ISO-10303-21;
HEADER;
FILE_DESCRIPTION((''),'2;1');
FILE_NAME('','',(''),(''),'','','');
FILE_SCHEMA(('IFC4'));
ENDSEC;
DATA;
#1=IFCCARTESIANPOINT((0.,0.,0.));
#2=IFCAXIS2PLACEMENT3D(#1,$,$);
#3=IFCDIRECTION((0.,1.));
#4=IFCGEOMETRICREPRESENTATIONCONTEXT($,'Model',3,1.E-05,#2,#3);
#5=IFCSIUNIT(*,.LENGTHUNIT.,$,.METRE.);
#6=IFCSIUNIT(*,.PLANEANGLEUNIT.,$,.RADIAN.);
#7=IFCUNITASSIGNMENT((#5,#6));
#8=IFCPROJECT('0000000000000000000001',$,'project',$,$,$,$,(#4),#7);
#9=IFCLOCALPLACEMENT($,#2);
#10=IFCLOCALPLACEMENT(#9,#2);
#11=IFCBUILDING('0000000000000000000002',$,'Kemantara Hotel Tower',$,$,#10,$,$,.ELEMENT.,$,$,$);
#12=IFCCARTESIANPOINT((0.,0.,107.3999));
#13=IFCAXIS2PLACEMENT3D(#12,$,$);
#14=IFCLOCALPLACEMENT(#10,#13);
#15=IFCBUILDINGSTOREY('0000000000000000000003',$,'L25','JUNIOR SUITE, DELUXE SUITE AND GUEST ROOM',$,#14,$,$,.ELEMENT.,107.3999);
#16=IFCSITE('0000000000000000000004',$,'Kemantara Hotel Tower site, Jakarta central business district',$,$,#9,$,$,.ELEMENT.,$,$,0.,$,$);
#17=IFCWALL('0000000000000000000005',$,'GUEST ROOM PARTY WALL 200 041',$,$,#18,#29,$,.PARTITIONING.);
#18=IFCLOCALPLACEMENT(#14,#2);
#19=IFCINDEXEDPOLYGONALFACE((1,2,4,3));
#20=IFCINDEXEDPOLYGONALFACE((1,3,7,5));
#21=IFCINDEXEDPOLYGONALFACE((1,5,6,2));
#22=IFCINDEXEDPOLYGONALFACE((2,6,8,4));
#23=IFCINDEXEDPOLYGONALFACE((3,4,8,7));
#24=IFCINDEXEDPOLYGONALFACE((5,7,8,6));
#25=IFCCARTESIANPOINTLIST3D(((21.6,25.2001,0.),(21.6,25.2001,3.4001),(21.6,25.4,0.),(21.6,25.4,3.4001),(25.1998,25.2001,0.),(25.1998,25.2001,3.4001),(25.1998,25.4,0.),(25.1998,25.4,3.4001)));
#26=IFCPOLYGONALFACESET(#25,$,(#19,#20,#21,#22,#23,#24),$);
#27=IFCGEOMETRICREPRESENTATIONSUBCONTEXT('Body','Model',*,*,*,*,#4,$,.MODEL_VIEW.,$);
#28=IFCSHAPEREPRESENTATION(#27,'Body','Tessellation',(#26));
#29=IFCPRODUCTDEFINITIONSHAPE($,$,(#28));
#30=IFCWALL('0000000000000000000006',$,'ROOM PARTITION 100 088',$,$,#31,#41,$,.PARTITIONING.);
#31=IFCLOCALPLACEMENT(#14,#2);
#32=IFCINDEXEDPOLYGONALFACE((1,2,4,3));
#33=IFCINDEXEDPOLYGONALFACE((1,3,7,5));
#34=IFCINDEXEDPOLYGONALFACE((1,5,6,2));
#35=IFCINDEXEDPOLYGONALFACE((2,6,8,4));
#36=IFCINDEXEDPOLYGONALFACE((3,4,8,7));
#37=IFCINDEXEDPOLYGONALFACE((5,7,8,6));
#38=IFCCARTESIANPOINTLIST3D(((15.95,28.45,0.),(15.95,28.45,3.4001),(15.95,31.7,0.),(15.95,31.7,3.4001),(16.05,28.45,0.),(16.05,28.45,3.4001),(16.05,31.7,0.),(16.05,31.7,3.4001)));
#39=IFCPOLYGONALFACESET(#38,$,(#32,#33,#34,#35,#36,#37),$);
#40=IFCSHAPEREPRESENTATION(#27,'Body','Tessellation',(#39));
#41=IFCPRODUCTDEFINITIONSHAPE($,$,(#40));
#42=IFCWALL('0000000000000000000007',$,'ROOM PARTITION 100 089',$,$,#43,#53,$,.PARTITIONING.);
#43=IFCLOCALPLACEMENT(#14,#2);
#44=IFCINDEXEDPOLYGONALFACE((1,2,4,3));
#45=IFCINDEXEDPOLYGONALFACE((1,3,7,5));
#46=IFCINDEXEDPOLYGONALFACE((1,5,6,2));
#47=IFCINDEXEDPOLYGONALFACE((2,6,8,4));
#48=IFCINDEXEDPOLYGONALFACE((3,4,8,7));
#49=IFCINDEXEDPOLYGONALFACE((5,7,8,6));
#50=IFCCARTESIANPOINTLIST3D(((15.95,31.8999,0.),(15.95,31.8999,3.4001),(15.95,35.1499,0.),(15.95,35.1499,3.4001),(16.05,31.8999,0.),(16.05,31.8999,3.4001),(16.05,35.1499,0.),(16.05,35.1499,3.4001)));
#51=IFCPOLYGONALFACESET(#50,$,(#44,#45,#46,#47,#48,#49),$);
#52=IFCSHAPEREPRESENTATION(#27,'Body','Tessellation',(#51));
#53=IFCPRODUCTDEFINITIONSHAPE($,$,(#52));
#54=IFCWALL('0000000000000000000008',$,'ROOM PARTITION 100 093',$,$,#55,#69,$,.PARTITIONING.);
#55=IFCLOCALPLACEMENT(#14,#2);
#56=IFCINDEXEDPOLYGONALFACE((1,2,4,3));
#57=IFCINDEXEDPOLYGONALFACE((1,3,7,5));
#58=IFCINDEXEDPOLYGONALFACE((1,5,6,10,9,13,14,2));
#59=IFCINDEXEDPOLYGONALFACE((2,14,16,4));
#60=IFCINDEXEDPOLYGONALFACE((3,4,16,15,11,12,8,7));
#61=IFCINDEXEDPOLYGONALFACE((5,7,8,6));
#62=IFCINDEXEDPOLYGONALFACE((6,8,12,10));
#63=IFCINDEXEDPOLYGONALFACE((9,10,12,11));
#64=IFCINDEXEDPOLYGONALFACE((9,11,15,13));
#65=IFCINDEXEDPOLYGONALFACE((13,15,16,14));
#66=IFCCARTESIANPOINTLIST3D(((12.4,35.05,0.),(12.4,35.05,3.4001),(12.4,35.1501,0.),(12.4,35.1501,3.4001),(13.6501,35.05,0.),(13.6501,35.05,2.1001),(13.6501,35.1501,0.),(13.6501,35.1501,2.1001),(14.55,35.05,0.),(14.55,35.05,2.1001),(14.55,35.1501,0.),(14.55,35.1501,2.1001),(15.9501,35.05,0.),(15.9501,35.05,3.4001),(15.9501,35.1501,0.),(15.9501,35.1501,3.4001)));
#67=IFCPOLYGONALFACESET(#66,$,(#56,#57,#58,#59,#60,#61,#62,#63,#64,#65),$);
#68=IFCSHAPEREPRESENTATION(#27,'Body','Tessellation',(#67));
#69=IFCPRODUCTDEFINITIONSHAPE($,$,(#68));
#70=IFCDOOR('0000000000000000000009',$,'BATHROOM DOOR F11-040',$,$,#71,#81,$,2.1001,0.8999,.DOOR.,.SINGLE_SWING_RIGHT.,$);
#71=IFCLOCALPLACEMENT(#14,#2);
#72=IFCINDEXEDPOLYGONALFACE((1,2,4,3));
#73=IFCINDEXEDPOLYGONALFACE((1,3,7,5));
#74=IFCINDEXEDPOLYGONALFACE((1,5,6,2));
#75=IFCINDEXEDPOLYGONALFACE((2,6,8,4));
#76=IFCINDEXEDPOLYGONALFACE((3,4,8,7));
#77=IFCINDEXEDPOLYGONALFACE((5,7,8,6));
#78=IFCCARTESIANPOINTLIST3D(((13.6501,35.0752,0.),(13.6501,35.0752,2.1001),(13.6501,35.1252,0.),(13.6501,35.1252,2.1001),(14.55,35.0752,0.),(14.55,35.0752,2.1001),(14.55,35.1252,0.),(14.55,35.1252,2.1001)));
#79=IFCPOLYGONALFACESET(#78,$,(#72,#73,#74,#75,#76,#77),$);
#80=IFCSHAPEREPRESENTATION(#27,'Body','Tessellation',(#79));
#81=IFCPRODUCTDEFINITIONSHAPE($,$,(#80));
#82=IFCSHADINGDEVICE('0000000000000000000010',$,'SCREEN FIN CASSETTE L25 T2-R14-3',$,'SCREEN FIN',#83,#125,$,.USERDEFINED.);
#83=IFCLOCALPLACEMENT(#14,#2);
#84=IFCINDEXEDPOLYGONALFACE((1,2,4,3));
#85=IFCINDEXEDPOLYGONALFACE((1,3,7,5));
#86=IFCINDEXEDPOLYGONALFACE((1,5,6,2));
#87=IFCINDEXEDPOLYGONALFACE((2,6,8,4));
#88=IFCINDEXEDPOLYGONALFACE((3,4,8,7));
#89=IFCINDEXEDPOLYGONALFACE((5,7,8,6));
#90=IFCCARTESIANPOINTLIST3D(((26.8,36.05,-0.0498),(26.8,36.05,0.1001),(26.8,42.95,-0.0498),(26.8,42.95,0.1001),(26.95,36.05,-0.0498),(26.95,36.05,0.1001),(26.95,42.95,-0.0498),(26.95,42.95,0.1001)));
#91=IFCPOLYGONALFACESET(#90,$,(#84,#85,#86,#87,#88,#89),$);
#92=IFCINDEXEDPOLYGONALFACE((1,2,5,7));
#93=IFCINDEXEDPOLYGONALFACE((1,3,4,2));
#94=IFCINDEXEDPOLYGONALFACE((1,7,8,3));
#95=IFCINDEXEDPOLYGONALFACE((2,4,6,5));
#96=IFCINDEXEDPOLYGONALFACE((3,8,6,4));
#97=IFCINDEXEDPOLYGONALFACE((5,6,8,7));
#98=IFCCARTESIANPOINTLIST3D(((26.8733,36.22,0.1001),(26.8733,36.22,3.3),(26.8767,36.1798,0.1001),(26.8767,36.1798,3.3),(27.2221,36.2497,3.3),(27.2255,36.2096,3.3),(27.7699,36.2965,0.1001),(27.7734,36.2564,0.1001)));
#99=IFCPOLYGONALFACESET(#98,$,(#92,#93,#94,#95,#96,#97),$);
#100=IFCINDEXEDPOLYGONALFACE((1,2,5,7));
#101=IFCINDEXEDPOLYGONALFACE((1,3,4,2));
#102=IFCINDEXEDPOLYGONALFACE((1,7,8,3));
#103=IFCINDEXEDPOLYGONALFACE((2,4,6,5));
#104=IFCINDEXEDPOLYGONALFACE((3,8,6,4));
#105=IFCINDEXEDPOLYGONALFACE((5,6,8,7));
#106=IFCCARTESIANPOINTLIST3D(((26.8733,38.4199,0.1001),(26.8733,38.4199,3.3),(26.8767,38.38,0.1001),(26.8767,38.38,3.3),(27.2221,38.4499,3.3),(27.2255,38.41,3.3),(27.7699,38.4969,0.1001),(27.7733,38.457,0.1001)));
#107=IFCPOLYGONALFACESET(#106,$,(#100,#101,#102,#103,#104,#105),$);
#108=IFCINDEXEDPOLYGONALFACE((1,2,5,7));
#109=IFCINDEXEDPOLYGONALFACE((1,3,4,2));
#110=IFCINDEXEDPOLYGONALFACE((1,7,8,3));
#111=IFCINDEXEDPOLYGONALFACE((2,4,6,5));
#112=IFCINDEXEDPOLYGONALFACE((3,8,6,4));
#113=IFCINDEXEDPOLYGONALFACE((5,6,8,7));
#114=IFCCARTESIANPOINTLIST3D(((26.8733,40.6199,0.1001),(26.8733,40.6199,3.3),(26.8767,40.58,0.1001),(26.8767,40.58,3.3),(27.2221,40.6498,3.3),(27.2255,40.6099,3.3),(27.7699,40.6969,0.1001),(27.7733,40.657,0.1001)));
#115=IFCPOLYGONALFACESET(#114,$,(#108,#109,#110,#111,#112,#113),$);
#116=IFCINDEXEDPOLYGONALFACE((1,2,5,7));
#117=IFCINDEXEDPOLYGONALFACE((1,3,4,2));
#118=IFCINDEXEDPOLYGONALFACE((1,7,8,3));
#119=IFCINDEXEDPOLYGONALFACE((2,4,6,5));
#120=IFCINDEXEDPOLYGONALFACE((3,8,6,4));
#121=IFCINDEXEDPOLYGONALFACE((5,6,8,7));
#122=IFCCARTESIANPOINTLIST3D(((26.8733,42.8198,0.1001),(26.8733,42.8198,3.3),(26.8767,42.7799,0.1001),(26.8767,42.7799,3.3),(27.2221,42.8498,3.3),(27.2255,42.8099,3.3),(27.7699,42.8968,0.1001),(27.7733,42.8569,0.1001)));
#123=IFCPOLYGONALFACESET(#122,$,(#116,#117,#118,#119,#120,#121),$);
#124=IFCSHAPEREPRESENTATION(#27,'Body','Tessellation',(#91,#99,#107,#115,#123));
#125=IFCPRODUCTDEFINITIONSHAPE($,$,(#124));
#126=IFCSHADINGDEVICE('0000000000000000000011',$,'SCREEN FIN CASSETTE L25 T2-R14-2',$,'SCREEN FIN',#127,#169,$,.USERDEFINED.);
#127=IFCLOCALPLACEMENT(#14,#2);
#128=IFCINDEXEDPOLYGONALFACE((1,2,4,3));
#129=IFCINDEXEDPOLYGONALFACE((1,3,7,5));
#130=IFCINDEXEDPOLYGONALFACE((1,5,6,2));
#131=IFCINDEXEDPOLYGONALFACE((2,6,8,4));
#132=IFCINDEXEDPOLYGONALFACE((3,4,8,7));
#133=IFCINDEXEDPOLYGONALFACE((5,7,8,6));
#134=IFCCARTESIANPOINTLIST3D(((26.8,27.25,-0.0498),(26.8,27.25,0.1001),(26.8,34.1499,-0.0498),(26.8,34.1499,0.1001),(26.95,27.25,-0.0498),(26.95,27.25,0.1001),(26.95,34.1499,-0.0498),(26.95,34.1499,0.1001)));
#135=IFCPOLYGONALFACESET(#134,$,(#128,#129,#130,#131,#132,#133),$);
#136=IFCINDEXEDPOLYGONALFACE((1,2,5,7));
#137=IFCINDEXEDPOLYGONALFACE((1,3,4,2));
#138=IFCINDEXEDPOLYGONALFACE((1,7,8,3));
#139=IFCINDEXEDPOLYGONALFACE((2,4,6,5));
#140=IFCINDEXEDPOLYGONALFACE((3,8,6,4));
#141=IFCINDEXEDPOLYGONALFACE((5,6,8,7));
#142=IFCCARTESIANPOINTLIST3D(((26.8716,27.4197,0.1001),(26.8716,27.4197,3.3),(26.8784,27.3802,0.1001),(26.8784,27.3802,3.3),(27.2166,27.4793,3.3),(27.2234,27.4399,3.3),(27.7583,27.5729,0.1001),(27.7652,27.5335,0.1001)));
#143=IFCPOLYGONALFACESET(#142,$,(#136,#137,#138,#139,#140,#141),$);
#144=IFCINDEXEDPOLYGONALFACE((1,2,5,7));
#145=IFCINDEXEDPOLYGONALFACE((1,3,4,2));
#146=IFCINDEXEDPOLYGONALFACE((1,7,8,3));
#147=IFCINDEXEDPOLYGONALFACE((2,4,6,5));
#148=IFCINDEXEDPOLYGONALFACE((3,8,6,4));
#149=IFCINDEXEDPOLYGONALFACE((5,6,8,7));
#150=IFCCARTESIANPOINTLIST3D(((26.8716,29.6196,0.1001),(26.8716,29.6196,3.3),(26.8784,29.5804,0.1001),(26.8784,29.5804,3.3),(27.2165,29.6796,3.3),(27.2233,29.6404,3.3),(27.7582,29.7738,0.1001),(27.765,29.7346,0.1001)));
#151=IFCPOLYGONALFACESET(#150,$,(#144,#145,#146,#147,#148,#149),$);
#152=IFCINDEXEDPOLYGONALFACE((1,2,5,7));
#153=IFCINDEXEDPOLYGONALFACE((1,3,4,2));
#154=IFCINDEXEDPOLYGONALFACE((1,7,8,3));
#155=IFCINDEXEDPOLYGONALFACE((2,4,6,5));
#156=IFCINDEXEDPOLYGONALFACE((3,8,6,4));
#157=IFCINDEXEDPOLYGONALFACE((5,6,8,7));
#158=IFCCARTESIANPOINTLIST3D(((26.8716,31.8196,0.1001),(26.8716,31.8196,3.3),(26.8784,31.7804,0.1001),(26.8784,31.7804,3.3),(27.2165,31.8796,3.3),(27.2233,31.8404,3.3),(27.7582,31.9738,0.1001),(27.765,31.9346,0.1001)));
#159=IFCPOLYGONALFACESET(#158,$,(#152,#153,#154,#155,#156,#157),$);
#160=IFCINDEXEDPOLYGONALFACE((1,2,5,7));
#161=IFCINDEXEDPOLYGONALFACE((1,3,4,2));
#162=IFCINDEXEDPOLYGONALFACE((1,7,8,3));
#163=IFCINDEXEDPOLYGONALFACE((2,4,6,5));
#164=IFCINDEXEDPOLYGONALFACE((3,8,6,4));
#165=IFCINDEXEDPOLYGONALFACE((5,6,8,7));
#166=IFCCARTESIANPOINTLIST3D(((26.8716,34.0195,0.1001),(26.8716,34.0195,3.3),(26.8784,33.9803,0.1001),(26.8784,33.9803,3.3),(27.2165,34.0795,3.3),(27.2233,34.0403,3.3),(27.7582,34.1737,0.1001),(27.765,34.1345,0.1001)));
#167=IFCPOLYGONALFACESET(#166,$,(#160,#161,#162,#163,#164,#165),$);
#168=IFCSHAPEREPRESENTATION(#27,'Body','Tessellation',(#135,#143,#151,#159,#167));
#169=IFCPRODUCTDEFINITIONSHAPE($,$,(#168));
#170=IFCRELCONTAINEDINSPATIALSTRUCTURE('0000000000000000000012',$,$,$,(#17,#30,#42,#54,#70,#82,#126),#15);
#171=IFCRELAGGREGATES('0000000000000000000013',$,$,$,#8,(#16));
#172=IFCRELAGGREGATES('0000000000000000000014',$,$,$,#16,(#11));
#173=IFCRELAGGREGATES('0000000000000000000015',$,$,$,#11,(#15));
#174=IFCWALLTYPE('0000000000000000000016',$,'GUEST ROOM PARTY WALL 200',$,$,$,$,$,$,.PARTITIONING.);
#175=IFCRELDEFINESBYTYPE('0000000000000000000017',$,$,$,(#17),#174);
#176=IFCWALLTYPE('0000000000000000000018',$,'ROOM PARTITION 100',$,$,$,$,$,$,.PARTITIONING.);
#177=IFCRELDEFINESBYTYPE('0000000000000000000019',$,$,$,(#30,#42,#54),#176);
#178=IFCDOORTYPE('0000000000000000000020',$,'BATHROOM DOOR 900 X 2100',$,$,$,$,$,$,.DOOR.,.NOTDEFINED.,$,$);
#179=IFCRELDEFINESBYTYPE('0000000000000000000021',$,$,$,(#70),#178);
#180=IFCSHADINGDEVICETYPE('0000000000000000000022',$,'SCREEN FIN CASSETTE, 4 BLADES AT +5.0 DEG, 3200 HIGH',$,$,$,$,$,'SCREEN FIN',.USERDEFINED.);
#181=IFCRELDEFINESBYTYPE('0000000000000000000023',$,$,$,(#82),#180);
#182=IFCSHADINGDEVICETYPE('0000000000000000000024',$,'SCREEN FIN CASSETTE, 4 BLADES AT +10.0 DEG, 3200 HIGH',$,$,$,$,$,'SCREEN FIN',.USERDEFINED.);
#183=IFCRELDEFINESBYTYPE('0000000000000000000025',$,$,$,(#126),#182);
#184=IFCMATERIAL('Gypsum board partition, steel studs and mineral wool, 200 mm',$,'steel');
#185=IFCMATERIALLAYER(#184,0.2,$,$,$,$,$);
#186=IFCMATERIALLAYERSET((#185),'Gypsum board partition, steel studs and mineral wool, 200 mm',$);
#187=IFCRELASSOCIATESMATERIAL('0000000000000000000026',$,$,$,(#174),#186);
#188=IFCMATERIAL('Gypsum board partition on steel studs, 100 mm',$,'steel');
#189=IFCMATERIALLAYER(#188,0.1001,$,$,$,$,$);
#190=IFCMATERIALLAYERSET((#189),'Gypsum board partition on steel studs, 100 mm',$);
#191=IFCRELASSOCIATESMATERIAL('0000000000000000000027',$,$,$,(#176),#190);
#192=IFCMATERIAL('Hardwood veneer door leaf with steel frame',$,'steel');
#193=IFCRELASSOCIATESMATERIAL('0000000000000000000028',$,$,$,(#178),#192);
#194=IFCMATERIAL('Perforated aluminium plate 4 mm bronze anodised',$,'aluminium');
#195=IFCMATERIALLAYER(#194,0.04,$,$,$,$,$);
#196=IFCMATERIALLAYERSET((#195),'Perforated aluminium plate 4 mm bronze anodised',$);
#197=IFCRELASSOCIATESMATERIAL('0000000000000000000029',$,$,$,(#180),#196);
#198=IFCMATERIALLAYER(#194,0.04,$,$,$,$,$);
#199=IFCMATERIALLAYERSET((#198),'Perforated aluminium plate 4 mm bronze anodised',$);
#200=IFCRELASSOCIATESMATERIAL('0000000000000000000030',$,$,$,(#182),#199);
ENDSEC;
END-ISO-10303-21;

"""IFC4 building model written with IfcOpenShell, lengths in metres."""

from ifc_helpers import new_model, si_unit, direction, frame, frame_2d, origin, origin_2d, place, context, subcontext, project, spatial, polyline, rectangle, outline, extrude, source, transform, mapped, material, layer, layer_set, type_object, element, fill, save


model = new_model("IFC4")

# Units and contexts
model_context = context("Model", 3, precision=1e-05, world=origin(), true_north=direction((0.0, 1.0)))
body_context = subcontext(model_context, "Body", "Model", "MODEL_VIEW")
ifc_project = project(units=[si_unit("LENGTHUNIT", "METRE"), si_unit("PLANEANGLEUNIT", "RADIAN")], contexts=[model_context])

# Site, building, storey
site_placement = place(None, origin())
site = spatial("IfcSite", under=ifc_project, at=site_placement, Name="Kemantara Hotel Tower site, Jakarta central business district", CompositionType="ELEMENT", RefElevation=0.0)
building_placement = place(site_placement, origin())
building = spatial("IfcBuilding", under=site, at=building_placement, Name="Kemantara Hotel Tower", CompositionType="ELEMENT")
storey_placement = place(building_placement, frame((0.0, 0.0, 107.3999)))
storey = spatial("IfcBuildingStorey", under=building, at=storey_placement, Name="L25", Description="JUNIOR SUITE, DELUXE SUITE AND GUEST ROOM", CompositionType="ELEMENT", Elevation=107.3999)

# Walls
ifc_material_1 = material(Name="Gypsum board partition, steel studs and mineral wool, 200 mm", Category="steel")
ifc_layer_1 = layer(ifc_material_1, 0.2)
ifc_layer_set_1 = layer_set([ifc_layer_1], Name="Gypsum board partition, steel studs and mineral wool, 200 mm")
wall_type_1 = type_object("IfcWallType", Name="GUEST ROOM PARTY WALL 200", PredefinedType="PARTITIONING", material=ifc_layer_set_1)
wall_1_placement = place(storey_placement, frame((21.6001, 25.3, 0.0), z_axis=(0.0, 0.0, 1.0), x_axis=(1.0, 0.0, 0.0)))
element("IfcWall", 1, at=wall_1_placement, inside=storey, type_object=wall_type_1, Name="GUEST ROOM PARTY WALL 200 041", PredefinedType="PARTITIONING", context=body_context, shape_type="SweptSolid", body=[
    extrude(rectangle(XDim=3.5999, YDim=0.2, at=frame_2d((1.7998, 0.0))), origin(), (0.0, 0.0, 1.0), 3.4001),
])
ifc_material_2 = material(Name="Gypsum board partition on steel studs, 100 mm", Category="steel")
ifc_layer_2 = layer(ifc_material_2, 0.1001)
ifc_layer_set_2 = layer_set([ifc_layer_2], Name="Gypsum board partition on steel studs, 100 mm")
wall_type_2 = type_object("IfcWallType", Name="ROOM PARTITION 100", PredefinedType="PARTITIONING", material=ifc_layer_set_2)
for number, where, z_axis, x_axis, name in (
    (2, (16.0, 28.45, 0.0), (0.0, 0.0, 1.0), (0.0, 1.0, 0.0), "ROOM PARTITION 100 088"),
    (3, (16.0, 31.8999, 0.0), (0.0, 0.0, 1.0), (0.0, 1.0, 0.0), "ROOM PARTITION 100 089"),
):
    element("IfcWall", number, at=place(storey_placement, frame(where, z_axis=z_axis, x_axis=x_axis)), inside=storey, type_object=wall_type_2, Name=name, PredefinedType="PARTITIONING", context=body_context, shape_type="SweptSolid", body=[
        extrude(rectangle(XDim=3.25, YDim=0.1001, at=frame_2d((1.625, 0.0))), origin(), (0.0, 0.0, 1.0), 3.4001),
    ])

# Wall, opening, door
wall_2_placement = place(storey_placement, frame((15.95, 35.1001, 0.0), z_axis=(0.0, 0.0, 1.0), x_axis=(-1.0, 0.0, 0.0)))
wall_2 = element("IfcWall", 4, at=wall_2_placement, inside=storey, type_object=wall_type_2, Name="ROOM PARTITION 100 093", PredefinedType="PARTITIONING", context=body_context, shape_type="SweptSolid", body=[
    extrude(rectangle(XDim=3.55, YDim=0.1001, at=frame_2d((1.7749, 0.0))), origin(), (0.0, 0.0, 1.0), 3.4001),
])
opening_placement = place(wall_2_placement, frame((1.3999, 0.0, 0.0)))
opening = element("IfcOpeningElement", 5, at=opening_placement, cuts=wall_2, PredefinedType="OPENING", context=body_context, shape_type="SweptSolid", body=[
    extrude(rectangle(XDim=0.8999, YDim=2.1001, at=frame_2d((0.45, 1.05))), frame((0.0, 0.0601, 0.0), z_axis=(0.0, -1.0, 0.0), x_axis=(1.0, 0.0, 0.0)), (0.0, 0.0, 1.0), 0.1201),
])
ifc_material_3 = material(Name="Hardwood veneer door leaf with steel frame", Category="steel")
door_type = type_object("IfcDoorType", Name="BATHROOM DOOR 900 X 2100", OperationType="NOTDEFINED", PredefinedType="DOOR", material=ifc_material_3)
door_placement = place(opening_placement, origin())
door = element("IfcDoor", 6, at=door_placement, inside=storey, type_object=door_type, Name="BATHROOM DOOR F11-040", OperationType="SINGLE_SWING_RIGHT", OverallHeight=2.1001, OverallWidth=0.8999, PredefinedType="DOOR", context=body_context, shape_type="SweptSolid", body=[
    extrude(rectangle(XDim=0.8999, YDim=2.1001, at=frame_2d((0.45, 1.05))), frame((0.0, 0.0249, 0.0), z_axis=(0.0, -1.0, 0.0), x_axis=(1.0, 0.0, 0.0)), (0.0, 0.0, 1.0), 0.05),
])
fill(opening, door)

# Shading devices
ifc_material_4 = material(Name="Perforated aluminium plate 4 mm bronze anodised", Category="aluminium")
ifc_layer_3 = layer(ifc_material_4, 0.04)
ifc_layer_set_3 = layer_set([ifc_layer_3], Name="Perforated aluminium plate 4 mm bronze anodised")
shading_device_type_1 = type_object("IfcShadingDeviceType", Name="SCREEN FIN CASSETTE, 4 BLADES AT +5.0 DEG, 3200 HIGH", ElementType="SCREEN FIN", PredefinedType="USERDEFINED", material=ifc_layer_set_3)
shared_shape_1 = source(origin(), body_context, "Body", "SweptSolid", [
    extrude(rectangle(XDim=6.8999, YDim=0.1499, at=origin_2d()), frame((3.3, -0.075, -0.1499), z_axis=(0.0, 0.0, 1.0), x_axis=(1.0, 0.0, 0.0)), (0.0, 0.0, 1.0), 0.1499),
    extrude(outline(polyline([(0.0, 0.0), (0.8999, 0.0), (0.3501, 3.2), (0.0, 3.2), (0.0, 0.0)])), frame((0.02, -0.0732, 0.0), z_axis=(-0.996376, -0.085056, 0.0), x_axis=(0.085056, -0.996376, 0.0)), (0.0, 0.0, 1.0), 0.0403),
    extrude(outline(polyline([(0.0, 0.0), (0.8999, 0.0), (0.3501, 3.2), (0.0, 3.2), (0.0, 0.0)])), frame((2.22, -0.0732, 0.0), z_axis=(-0.996332, -0.085575, 0.0), x_axis=(0.085575, -0.996332, 0.0)), (0.0, 0.0, 1.0), 0.04),
    extrude(outline(polyline([(0.0, 0.0), (0.8999, 0.0), (0.3501, 3.2), (0.0, 3.2), (0.0, 0.0)])), frame((4.4199, -0.0732, 0.0), z_axis=(-0.996332, -0.085575, 0.0), x_axis=(0.085575, -0.996332, 0.0)), (0.0, 0.0, 1.0), 0.04),
    extrude(outline(polyline([(0.0, 0.0), (0.8999, 0.0), (0.3501, 3.2), (0.0, 3.2), (0.0, 0.0)])), frame((6.6199, -0.0732, 0.0), z_axis=(-0.996332, -0.085575, 0.0), x_axis=(0.085575, -0.996332, 0.0)), (0.0, 0.0, 1.0), 0.04),
])
shading_device_1_placement = place(storey_placement, frame((26.8, 36.2, 0.1001), z_axis=(0.0, 0.0, 1.0), x_axis=(0.0, 1.0, 0.0)))
element("IfcShadingDevice", 7, at=shading_device_1_placement, inside=storey, type_object=shading_device_type_1, Name="SCREEN FIN CASSETTE L25 T2-R14-3", ObjectType="SCREEN FIN", PredefinedType="USERDEFINED", context=body_context, shape_type="MappedRepresentation", body=[
    mapped(shared_shape_1, transform((0.0, 0.0, 0.0))),
])
ifc_layer_4 = layer(ifc_material_4, 0.04)
ifc_layer_set_4 = layer_set([ifc_layer_4], Name="Perforated aluminium plate 4 mm bronze anodised")
shading_device_type_2 = type_object("IfcShadingDeviceType", Name="SCREEN FIN CASSETTE, 4 BLADES AT +10.0 DEG, 3200 HIGH", ElementType="SCREEN FIN", PredefinedType="USERDEFINED", material=ifc_layer_set_4)
shared_shape_2 = source(origin(), body_context, "Body", "SweptSolid", [
    extrude(rectangle(XDim=6.8999, YDim=0.1499, at=origin_2d()), frame((3.3, -0.075, -0.1499), z_axis=(0.0, 0.0, 1.0), x_axis=(1.0, 0.0, 0.0)), (0.0, 0.0, 1.0), 0.1499),
    extrude(outline(polyline([(0.0, 0.0), (0.8999, 0.0), (0.3501, 3.2), (0.0, 3.2), (0.0, 0.0)])), frame((0.0198, -0.0715, 0.0), z_axis=(-0.98539, -0.170314, 0.0), x_axis=(0.170314, -0.98539, 0.0)), (0.0, 0.0, 1.0), 0.04),
    extrude(outline(polyline([(0.0, 0.0), (0.8999, 0.0), (0.3501, 3.2), (0.0, 3.2), (0.0, 0.0)])), frame((2.2197, -0.0715, 0.0), z_axis=(-0.985212, -0.171341, 0.0), x_axis=(0.171341, -0.985212, 0.0)), (0.0, 0.0, 1.0), 0.0398),
    extrude(outline(polyline([(0.0, 0.0), (0.8999, 0.0), (0.3501, 3.2), (0.0, 3.2), (0.0, 0.0)])), frame((4.4197, -0.0715, 0.0), z_axis=(-0.985212, -0.171341, 0.0), x_axis=(0.171341, -0.985212, 0.0)), (0.0, 0.0, 1.0), 0.0398),
    extrude(outline(polyline([(0.0, 0.0), (0.8999, 0.0), (0.3501, 3.2), (0.0, 3.2), (0.0, 0.0)])), frame((6.6196, -0.0715, 0.0), z_axis=(-0.985212, -0.171341, 0.0), x_axis=(0.171341, -0.985212, 0.0)), (0.0, 0.0, 1.0), 0.0398),
])
shading_device_2_placement = place(storey_placement, frame((26.8, 27.3999, 0.1001), z_axis=(0.0, 0.0, 1.0), x_axis=(0.0, 1.0, 0.0)))
element("IfcShadingDevice", 8, at=shading_device_2_placement, inside=storey, type_object=shading_device_type_2, Name="SCREEN FIN CASSETTE L25 T2-R14-2", ObjectType="SCREEN FIN", PredefinedType="USERDEFINED", context=body_context, shape_type="MappedRepresentation", body=[
    mapped(shared_shape_2, transform((0.0, 0.0, 0.0))),
])

save(model, "model.ifc")
